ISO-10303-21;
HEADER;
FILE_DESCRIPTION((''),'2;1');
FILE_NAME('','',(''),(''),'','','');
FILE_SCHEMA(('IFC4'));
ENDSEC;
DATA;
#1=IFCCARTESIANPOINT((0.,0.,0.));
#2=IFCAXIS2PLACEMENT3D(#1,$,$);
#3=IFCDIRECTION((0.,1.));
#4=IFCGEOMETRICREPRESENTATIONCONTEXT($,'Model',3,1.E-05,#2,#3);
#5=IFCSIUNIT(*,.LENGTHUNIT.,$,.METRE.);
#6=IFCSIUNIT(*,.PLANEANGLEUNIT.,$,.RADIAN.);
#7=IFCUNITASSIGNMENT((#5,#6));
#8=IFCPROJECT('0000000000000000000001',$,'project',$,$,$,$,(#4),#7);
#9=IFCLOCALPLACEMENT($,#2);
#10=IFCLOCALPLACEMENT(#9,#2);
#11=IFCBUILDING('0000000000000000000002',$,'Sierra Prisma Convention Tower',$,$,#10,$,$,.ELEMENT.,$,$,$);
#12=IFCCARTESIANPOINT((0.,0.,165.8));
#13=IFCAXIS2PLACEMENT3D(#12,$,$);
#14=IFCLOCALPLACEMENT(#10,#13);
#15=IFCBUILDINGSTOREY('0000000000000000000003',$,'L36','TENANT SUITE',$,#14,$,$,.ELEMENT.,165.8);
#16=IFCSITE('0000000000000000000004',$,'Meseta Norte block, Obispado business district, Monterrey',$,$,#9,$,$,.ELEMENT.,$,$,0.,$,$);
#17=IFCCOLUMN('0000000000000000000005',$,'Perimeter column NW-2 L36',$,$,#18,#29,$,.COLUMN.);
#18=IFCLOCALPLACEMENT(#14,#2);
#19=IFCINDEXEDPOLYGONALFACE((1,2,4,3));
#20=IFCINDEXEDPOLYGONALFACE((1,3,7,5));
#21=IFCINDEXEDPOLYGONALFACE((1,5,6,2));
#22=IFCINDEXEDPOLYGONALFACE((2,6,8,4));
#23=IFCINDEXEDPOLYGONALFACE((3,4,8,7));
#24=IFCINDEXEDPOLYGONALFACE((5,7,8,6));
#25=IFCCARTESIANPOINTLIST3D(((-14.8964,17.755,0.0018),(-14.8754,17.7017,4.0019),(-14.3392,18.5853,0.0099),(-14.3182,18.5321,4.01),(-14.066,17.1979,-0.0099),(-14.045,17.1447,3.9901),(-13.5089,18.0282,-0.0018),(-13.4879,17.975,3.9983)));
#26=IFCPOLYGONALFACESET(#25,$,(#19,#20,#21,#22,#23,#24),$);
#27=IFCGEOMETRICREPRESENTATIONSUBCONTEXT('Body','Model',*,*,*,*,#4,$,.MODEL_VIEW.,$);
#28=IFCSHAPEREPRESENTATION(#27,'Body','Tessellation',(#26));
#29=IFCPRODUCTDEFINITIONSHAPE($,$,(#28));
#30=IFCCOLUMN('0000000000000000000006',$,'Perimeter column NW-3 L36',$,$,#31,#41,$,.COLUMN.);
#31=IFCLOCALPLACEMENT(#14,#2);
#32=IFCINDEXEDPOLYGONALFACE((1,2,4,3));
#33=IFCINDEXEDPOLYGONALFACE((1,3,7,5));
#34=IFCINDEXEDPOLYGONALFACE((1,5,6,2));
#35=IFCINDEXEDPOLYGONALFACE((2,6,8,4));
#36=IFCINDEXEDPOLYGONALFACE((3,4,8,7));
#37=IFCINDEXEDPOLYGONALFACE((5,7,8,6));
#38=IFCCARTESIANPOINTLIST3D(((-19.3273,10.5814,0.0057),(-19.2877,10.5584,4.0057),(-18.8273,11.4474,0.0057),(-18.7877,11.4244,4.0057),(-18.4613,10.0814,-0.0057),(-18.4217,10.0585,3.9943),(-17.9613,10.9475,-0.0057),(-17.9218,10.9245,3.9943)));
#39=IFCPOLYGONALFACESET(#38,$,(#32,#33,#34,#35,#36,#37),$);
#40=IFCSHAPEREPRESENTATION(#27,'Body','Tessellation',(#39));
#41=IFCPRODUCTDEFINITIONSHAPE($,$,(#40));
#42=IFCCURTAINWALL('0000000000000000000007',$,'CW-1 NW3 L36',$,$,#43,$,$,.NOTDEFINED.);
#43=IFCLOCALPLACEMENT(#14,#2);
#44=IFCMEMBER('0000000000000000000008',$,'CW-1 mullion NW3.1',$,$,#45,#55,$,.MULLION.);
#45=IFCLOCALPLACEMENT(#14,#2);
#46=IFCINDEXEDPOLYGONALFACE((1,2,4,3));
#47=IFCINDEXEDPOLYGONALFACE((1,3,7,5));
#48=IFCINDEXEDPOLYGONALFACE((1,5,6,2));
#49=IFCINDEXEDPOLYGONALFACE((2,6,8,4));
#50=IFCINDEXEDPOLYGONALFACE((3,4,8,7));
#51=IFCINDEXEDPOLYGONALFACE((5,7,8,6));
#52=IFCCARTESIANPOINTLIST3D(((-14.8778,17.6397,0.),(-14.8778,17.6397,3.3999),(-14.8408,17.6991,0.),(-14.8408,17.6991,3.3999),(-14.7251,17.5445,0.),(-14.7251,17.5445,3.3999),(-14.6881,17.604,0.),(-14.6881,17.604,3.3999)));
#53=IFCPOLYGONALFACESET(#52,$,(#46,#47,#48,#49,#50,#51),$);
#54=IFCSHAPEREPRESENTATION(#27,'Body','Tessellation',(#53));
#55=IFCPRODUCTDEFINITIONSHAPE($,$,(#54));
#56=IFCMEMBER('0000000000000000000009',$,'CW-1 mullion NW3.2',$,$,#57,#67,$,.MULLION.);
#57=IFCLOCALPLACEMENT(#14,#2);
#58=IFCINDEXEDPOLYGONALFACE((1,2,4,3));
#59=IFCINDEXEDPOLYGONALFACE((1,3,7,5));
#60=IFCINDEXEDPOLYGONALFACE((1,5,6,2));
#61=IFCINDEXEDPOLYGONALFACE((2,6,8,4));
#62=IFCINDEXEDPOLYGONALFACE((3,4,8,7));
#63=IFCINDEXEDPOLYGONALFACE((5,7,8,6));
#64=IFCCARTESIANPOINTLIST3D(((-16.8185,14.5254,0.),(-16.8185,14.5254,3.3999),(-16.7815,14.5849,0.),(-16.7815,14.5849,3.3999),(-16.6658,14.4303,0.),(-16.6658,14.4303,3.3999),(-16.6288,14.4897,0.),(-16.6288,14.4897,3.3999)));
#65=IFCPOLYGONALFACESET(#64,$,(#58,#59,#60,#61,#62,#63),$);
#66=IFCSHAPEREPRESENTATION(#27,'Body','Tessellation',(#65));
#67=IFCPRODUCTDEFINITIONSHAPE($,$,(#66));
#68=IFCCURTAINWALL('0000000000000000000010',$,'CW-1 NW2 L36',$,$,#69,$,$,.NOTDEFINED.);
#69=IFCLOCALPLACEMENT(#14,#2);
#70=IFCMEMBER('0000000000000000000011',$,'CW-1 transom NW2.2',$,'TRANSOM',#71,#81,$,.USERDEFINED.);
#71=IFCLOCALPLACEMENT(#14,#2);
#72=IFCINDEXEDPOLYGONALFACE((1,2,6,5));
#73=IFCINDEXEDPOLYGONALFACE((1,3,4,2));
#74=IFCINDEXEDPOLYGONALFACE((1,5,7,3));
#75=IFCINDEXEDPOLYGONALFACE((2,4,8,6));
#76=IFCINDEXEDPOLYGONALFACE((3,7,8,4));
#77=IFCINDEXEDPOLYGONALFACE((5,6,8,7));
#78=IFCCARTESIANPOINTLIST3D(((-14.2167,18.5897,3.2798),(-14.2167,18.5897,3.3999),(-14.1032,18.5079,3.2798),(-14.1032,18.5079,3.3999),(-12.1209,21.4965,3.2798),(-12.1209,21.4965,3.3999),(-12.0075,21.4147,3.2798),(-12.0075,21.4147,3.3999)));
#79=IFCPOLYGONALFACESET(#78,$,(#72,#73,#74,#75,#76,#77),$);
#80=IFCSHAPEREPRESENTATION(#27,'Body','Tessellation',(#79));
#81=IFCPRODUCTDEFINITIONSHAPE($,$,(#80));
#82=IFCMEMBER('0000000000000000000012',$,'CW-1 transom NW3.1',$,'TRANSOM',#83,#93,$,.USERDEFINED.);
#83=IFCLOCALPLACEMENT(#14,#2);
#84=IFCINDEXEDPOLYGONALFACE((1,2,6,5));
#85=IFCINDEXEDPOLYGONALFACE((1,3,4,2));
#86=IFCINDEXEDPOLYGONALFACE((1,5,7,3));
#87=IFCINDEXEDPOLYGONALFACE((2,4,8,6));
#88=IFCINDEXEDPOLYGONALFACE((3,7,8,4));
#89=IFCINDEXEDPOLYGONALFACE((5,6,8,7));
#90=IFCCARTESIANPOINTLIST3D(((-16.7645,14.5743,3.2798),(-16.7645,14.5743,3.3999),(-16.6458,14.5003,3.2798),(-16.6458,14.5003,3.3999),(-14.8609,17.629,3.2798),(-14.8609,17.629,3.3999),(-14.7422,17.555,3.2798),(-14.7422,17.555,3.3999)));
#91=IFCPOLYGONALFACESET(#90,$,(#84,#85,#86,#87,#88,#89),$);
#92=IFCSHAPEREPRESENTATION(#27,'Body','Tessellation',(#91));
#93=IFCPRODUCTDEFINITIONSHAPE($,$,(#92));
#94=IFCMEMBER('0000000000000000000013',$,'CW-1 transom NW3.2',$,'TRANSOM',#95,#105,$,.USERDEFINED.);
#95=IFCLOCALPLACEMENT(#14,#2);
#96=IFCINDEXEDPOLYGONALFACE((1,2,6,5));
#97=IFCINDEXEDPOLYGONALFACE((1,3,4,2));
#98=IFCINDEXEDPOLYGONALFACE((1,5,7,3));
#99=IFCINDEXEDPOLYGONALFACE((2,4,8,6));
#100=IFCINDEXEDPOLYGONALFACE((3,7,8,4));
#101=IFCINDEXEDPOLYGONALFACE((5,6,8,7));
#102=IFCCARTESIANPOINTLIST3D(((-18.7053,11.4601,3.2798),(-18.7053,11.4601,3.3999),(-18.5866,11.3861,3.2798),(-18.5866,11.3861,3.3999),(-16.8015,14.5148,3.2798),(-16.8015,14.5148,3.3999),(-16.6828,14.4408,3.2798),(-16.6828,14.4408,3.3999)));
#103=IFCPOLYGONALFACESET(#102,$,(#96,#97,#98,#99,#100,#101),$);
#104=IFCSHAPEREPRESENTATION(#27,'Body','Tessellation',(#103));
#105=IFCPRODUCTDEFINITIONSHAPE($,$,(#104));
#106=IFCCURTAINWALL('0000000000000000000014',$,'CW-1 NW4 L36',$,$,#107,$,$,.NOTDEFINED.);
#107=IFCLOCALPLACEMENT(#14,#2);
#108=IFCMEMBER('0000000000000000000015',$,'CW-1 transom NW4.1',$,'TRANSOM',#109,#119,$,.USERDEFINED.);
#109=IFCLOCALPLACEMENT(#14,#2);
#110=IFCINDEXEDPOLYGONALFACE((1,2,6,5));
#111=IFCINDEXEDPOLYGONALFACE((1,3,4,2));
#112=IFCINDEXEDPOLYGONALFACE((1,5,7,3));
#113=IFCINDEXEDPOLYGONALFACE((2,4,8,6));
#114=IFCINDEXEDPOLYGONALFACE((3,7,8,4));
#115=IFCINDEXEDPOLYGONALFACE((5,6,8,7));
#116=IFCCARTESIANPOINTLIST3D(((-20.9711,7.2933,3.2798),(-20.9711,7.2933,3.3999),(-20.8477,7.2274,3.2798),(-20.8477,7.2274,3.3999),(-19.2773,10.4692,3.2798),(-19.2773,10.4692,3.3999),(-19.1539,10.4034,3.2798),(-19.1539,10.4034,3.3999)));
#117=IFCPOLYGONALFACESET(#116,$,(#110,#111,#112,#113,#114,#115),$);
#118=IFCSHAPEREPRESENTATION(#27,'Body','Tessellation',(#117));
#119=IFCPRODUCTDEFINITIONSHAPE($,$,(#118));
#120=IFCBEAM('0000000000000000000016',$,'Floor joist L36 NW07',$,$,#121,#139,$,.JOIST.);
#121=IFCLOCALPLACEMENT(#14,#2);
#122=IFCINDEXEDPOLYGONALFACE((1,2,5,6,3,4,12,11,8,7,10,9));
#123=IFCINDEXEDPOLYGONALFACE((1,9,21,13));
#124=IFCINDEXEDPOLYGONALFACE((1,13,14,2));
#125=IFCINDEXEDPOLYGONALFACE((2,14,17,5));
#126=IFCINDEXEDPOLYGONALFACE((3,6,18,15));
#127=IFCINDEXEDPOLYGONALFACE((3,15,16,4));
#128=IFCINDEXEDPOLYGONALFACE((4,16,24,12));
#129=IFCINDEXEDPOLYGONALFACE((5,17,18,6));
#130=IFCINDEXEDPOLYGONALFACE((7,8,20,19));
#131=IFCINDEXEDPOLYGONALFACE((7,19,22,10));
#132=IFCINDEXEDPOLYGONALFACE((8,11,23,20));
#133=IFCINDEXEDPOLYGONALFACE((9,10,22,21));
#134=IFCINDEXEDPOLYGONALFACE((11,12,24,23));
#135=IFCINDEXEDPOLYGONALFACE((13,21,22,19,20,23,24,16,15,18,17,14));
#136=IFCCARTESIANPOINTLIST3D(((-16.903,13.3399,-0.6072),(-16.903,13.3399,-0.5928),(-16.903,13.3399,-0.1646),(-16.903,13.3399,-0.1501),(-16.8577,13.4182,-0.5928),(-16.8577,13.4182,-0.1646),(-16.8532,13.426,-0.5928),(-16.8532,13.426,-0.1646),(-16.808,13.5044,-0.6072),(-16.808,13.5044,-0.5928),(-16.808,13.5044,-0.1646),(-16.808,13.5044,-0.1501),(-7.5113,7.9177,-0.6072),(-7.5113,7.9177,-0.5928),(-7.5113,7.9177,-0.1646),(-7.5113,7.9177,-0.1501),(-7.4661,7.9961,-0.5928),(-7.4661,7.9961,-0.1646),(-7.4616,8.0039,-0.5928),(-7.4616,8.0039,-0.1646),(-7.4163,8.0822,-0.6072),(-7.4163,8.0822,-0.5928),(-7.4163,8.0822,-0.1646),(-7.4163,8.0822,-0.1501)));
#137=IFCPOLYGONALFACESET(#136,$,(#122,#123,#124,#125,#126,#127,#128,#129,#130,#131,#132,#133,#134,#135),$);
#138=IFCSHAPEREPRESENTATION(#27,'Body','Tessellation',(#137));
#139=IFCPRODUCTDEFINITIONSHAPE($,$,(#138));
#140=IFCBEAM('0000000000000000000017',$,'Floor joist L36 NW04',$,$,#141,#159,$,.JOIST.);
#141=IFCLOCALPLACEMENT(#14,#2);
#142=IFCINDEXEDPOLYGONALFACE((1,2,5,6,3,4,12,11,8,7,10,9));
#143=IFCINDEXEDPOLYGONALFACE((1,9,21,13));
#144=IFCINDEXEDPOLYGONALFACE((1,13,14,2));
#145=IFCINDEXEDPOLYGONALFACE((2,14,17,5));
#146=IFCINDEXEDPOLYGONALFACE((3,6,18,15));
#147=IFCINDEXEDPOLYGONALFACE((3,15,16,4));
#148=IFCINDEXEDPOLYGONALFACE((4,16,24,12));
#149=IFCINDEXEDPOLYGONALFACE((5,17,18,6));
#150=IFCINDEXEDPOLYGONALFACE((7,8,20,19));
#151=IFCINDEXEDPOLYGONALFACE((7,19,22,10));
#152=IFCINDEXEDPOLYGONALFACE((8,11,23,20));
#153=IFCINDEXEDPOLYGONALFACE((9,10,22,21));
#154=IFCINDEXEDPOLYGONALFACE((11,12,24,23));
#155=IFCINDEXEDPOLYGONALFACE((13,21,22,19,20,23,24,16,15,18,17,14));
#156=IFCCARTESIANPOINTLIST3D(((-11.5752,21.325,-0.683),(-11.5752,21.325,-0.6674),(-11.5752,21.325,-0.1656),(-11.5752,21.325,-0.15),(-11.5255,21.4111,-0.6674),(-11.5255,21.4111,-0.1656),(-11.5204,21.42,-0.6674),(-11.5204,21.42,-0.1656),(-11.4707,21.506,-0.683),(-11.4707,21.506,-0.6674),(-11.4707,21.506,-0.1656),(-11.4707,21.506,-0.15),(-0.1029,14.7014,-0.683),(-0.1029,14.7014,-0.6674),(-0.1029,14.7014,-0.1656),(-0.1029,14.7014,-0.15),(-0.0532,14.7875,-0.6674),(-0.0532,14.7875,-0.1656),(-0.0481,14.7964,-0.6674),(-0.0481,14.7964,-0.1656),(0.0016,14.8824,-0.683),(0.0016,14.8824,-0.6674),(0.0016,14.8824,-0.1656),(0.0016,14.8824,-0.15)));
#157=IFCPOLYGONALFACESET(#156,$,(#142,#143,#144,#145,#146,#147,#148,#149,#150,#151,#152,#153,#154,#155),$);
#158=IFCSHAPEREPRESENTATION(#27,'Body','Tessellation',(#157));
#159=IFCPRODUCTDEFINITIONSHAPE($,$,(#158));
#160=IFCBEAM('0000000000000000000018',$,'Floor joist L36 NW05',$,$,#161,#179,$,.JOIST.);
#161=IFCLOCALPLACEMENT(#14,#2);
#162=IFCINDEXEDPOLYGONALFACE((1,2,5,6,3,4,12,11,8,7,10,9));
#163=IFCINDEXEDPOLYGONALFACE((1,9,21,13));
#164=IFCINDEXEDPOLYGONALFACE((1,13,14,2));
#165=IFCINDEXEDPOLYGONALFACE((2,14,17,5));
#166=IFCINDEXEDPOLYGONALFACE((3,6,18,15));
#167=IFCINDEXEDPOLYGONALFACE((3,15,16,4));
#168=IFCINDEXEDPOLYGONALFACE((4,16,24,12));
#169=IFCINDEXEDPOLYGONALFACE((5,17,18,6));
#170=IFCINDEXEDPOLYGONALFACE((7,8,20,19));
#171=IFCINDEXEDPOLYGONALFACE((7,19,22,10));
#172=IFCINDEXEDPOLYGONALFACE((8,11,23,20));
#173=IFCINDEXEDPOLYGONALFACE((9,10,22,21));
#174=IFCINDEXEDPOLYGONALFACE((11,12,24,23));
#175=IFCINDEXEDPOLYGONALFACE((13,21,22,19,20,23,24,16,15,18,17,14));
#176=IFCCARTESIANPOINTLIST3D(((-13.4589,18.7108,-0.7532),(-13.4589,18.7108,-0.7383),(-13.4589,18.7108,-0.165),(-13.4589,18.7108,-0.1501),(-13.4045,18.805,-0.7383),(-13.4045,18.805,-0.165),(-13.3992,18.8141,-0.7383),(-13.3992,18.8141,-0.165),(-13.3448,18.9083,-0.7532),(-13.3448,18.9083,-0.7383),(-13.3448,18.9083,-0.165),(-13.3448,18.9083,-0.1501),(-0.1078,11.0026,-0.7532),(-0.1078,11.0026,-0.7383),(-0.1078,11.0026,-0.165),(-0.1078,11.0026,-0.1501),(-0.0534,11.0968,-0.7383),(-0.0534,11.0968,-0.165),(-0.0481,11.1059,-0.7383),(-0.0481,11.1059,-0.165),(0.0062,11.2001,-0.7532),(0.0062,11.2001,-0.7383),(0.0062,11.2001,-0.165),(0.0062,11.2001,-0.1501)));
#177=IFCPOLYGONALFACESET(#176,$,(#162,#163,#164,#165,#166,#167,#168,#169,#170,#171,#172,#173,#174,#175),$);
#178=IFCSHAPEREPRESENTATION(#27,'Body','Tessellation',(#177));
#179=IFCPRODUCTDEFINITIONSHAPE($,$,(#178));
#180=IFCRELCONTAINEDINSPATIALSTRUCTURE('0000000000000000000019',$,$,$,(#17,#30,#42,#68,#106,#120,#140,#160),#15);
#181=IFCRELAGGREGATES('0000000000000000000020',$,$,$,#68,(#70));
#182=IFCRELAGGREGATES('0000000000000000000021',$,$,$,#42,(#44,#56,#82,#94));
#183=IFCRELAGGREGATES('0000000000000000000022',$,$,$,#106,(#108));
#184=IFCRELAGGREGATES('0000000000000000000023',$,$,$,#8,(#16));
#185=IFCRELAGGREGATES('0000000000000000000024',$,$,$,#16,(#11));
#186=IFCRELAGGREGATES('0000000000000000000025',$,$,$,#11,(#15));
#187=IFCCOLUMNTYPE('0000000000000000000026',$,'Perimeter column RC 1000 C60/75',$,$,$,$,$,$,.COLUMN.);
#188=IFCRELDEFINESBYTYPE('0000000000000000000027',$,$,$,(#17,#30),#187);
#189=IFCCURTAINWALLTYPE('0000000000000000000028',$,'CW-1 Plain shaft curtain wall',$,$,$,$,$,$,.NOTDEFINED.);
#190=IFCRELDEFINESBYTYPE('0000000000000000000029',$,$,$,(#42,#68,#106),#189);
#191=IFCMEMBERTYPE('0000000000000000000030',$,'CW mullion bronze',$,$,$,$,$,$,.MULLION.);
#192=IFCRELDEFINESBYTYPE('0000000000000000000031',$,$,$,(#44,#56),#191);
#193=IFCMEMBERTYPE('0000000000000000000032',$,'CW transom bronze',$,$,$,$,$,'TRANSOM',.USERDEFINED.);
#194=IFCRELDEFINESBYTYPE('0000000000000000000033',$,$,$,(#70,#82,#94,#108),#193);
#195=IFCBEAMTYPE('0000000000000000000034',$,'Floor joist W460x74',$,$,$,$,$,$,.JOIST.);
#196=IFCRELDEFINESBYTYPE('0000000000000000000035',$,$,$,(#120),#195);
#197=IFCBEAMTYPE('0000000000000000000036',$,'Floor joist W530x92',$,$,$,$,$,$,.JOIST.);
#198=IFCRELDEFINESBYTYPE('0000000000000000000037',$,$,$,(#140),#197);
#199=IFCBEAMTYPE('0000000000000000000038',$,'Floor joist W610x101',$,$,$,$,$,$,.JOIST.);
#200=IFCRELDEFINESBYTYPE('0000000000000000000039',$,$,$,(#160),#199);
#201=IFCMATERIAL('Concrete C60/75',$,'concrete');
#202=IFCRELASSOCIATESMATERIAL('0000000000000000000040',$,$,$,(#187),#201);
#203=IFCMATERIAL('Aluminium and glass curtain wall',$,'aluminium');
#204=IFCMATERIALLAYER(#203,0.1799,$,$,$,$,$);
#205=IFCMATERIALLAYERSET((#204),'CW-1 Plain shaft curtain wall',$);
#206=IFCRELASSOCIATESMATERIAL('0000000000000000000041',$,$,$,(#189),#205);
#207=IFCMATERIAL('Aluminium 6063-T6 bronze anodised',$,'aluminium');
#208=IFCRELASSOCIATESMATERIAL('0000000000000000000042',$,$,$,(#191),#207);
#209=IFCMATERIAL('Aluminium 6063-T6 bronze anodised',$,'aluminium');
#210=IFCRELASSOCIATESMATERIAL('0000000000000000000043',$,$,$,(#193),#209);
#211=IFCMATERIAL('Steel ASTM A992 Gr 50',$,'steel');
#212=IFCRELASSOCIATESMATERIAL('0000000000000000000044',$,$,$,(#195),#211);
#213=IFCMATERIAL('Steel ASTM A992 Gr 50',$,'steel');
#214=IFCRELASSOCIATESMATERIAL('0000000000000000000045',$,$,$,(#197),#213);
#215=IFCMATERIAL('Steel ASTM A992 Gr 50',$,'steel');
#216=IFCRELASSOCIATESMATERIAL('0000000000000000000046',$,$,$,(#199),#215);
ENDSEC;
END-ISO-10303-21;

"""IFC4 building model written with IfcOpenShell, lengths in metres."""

from ifc_helpers import new_model, si_unit, direction, frame, origin, origin_2d, place, context, subcontext, project, spatial, rectangle, i_section, extrude, material, layer, layer_set, material_profile, profile_set, type_object, element, aggregate, save


model = new_model("IFC4")

# Units and contexts
model_context = context("Model", 3, precision=1e-05, world=origin(), true_north=direction((0.0, 1.0)))
body_context = subcontext(model_context, "Body", "Model", "MODEL_VIEW")
ifc_project = project(units=[si_unit("LENGTHUNIT", "METRE"), si_unit("PLANEANGLEUNIT", "RADIAN")], contexts=[model_context])

# Site, building, storey
site_placement = place(None, origin())
site = spatial("IfcSite", under=ifc_project, at=site_placement, Name="Meseta Norte block, Obispado business district, Monterrey", CompositionType="ELEMENT", RefElevation=0.0)
building_placement = place(site_placement, origin())
building = spatial("IfcBuilding", under=site, at=building_placement, Name="Sierra Prisma Convention Tower", CompositionType="ELEMENT")
storey_placement = place(building_placement, frame((0.0, 0.0, 165.8)))
storey = spatial("IfcBuildingStorey", under=building, at=storey_placement, Name="L36", Description="TENANT SUITE", CompositionType="ELEMENT", Elevation=165.8)

# Columns
ifc_material_1 = material(Name="Concrete C60/75", Category="concrete")
ifc_material_profile_1 = material_profile(ifc_material_1, rectangle(XDim=1.0, YDim=1.0, at=origin_2d()), Name="Perimeter column RC 1000 C60/75")
ifc_profile_set_1 = profile_set([ifc_material_profile_1], Name="Concrete C60/75")
column_type = type_object("IfcColumnType", Name="Perimeter column RC 1000 C60/75", PredefinedType="COLUMN", material=ifc_profile_set_1)
column_1_placement = place(storey_placement, frame((-14.2026, 17.8916, 0.0), z_axis=(0.005248, -0.013304, 0.999898), x_axis=(0.557174, 0.830356, 0.008124)))
element("IfcColumn", 1, at=column_1_placement, inside=storey, type_object=column_type, Name="Perimeter column NW-2 L36", PredefinedType="COLUMN", context=body_context, shape_type="SweptSolid", body=[
    extrude(rectangle(XDim=1.0, YDim=1.0, at=origin_2d()), origin(), (0.0, 0.0, 1.0), 4.0005),
])
column_2_placement = place(storey_placement, frame((-18.6443, 10.7644, 0.0), z_axis=(0.009887, -0.005737, 0.999935), x_axis=(0.499976, 0.86604, 0.000025)))
element("IfcColumn", 2, at=column_2_placement, inside=storey, type_object=column_type, Name="Perimeter column NW-3 L36", PredefinedType="COLUMN", context=body_context, shape_type="SweptSolid", body=[
    extrude(rectangle(XDim=1.0, YDim=1.0, at=origin_2d()), origin(), (0.0, 0.0, 1.0), 4.0002),
])

# Curtain wall, members
ifc_material_2 = material(Name="Aluminium and glass curtain wall", Category="aluminium")
ifc_layer_1 = layer(ifc_material_2, 0.1799)
ifc_layer_set_1 = layer_set([ifc_layer_1], Name="CW-1 Plain shaft curtain wall")
curtain_wall_type = type_object("IfcCurtainWallType", Name="CW-1 Plain shaft curtain wall", PredefinedType="NOTDEFINED", material=ifc_layer_set_1)
curtain_wall_1_placement = place(storey_placement, origin())
curtain_wall_1 = element("IfcCurtainWall", 3, at=curtain_wall_1_placement, inside=storey, type_object=curtain_wall_type, Name="CW-1 NW3 L36", PredefinedType="NOTDEFINED")
ifc_material_3 = material(Name="Aluminium 6063-T6 bronze anodised", Category="aluminium")
ifc_material_profile_2 = material_profile(ifc_material_3, rectangle(XDim=0.1799, YDim=0.0701, at=origin_2d()), Name="ALU MULLION 70x180")
ifc_profile_set_2 = profile_set([ifc_material_profile_2], Name="Aluminium 6063-T6 bronze anodised")
member_type_1 = type_object("IfcMemberType", Name="CW mullion bronze", PredefinedType="MULLION", material=ifc_profile_set_2)
member_1_placement = place(storey_placement, frame((-14.783, 17.6218, 0.0), z_axis=(0.0, 0.0, 1.0), x_axis=(0.84869, -0.528891, 0.0)))
member_1 = element("IfcMember", 4, at=member_1_placement, type_object=member_type_1, Name="CW-1 mullion NW3.1", PredefinedType="MULLION", context=body_context, shape_type="SweptSolid", body=[
    extrude(rectangle(XDim=0.1799, YDim=0.0701, at=origin_2d()), origin(), (0.0, 0.0, 1.0), 3.3999),
])
member_2_placement = place(storey_placement, frame((-16.7236, 14.5076, 0.0), z_axis=(0.0, 0.0, 1.0), x_axis=(0.84869, -0.528891, 0.0)))
member_2 = element("IfcMember", 5, at=member_2_placement, type_object=member_type_1, Name="CW-1 mullion NW3.2", PredefinedType="MULLION", context=body_context, shape_type="SweptSolid", body=[
    extrude(rectangle(XDim=0.1799, YDim=0.0701, at=origin_2d()), origin(), (0.0, 0.0, 1.0), 3.3999),
])

# Curtain wall, member
curtain_wall_2_placement = place(storey_placement, origin())
curtain_wall_2 = element("IfcCurtainWall", 6, at=curtain_wall_2_placement, inside=storey, type_object=curtain_wall_type, Name="CW-1 NW2 L36", PredefinedType="NOTDEFINED")
ifc_material_4 = material(Name="Aluminium 6063-T6 bronze anodised", Category="aluminium")
ifc_material_profile_3 = material_profile(ifc_material_4, rectangle(XDim=0.1399, YDim=0.1201, at=origin_2d()), Name="ALU TRANSOM 120x140")
ifc_profile_set_3 = profile_set([ifc_material_profile_3], Name="Aluminium 6063-T6 bronze anodised")
member_type_2 = type_object("IfcMemberType", Name="CW transom bronze", ElementType="TRANSOM", PredefinedType="USERDEFINED", material=ifc_profile_set_3)
member_3_placement = place(storey_placement, frame((-12.0642, 21.4556, 3.3398), z_axis=(-0.584829, -0.811157, 0.0), x_axis=(0.811157, -0.584829, 0.0)))
member_3 = element("IfcMember", 7, at=member_3_placement, type_object=member_type_2, Name="CW-1 transom NW2.2", ObjectType="TRANSOM", PredefinedType="USERDEFINED", context=body_context, shape_type="SweptSolid", body=[
    extrude(rectangle(XDim=0.1399, YDim=0.1201, at=origin_2d()), origin(), (0.0, 0.0, 1.0), 3.5835),
])

# Members
member_4_placement = place(storey_placement, frame((-14.8015, 17.592, 3.3398), z_axis=(-0.528877, -0.848699, 0.0), x_axis=(0.848699, -0.528877, 0.0)))
member_4 = element("IfcMember", 8, at=member_4_placement, type_object=member_type_2, Name="CW-1 transom NW3.1", ObjectType="TRANSOM", PredefinedType="USERDEFINED", context=body_context, shape_type="SweptSolid", body=[
    extrude(rectangle(XDim=0.1399, YDim=0.1201, at=origin_2d()), origin(), (0.0, 0.0, 1.0), 3.5994),
])
member_5_placement = place(storey_placement, frame((-16.7422, 14.4778, 3.3398), z_axis=(-0.528925, -0.848668, 0.0), x_axis=(0.848668, -0.528925, 0.0)))
member_5 = element("IfcMember", 9, at=member_5_placement, type_object=member_type_2, Name="CW-1 transom NW3.2", ObjectType="TRANSOM", PredefinedType="USERDEFINED", context=body_context, shape_type="SweptSolid", body=[
    extrude(rectangle(XDim=0.1399, YDim=0.1201, at=origin_2d()), origin(), (0.0, 0.0, 1.0), 3.5994),
])

# Curtain wall, member
curtain_wall_3_placement = place(storey_placement, origin())
curtain_wall_3 = element("IfcCurtainWall", 10, at=curtain_wall_3_placement, inside=storey, type_object=curtain_wall_type, Name="CW-1 NW4 L36", PredefinedType="NOTDEFINED")
member_6_placement = place(storey_placement, frame((-19.2156, 10.4363, 3.3398), z_axis=(-0.470581, -0.882357, 0.0), x_axis=(0.882357, -0.470581, 0.0)))
member_6 = element("IfcMember", 11, at=member_6_placement, type_object=member_type_2, Name="CW-1 transom NW4.1", ObjectType="TRANSOM", PredefinedType="USERDEFINED", context=body_context, shape_type="SweptSolid", body=[
    extrude(rectangle(XDim=0.1399, YDim=0.1201, at=origin_2d()), origin(), (0.0, 0.0, 1.0), 3.5994),
])

# Beams
ifc_material_5 = material(Name="Steel ASTM A992 Gr 50", Category="steel")
ifc_material_profile_4 = material_profile(ifc_material_5, i_section(OverallWidth=0.1899, OverallDepth=0.457, WebThickness=0.009, FlangeThickness=0.0144, at=origin_2d()), Name="W460x74")
ifc_profile_set_4 = profile_set([ifc_material_profile_4], Name="Steel ASTM A992 Gr 50")
beam_type_1 = type_object("IfcBeamType", Name="Floor joist W460x74", PredefinedType="JOIST", material=ifc_profile_set_4)
beam_1_placement = place(storey_placement, frame((-16.8555, 13.4221, -0.3787), z_axis=(0.86603, -0.499991, 0.0), x_axis=(0.499991, 0.86603, 0.0)))
element("IfcBeam", 12, at=beam_1_placement, inside=storey, type_object=beam_type_1, Name="Floor joist L36 NW07", PredefinedType="JOIST", context=body_context, shape_type="SweptSolid", body=[
    extrude(i_section(OverallWidth=0.1899, OverallDepth=0.457, WebThickness=0.009, FlangeThickness=0.0144, at=origin_2d()), origin(), (0.0, 0.0, 1.0), 10.8445),
])
ifc_material_6 = material(Name="Steel ASTM A992 Gr 50", Category="steel")
ifc_material_profile_5 = material_profile(ifc_material_6, i_section(OverallWidth=0.209, OverallDepth=0.533, WebThickness=0.0103, FlangeThickness=0.0156, at=origin_2d()), Name="W530x92")
ifc_profile_set_5 = profile_set([ifc_material_profile_5], Name="Steel ASTM A992 Gr 50")
beam_type_2 = type_object("IfcBeamType", Name="Floor joist W530x92", PredefinedType="JOIST", material=ifc_profile_set_5)
beam_2_placement = place(storey_placement, frame((-11.5229, 21.4155, -0.4165), z_axis=(0.866023, -0.500004, 0.0), x_axis=(0.500004, 0.866023, 0.0)))
element("IfcBeam", 13, at=beam_2_placement, inside=storey, type_object=beam_type_2, Name="Floor joist L36 NW04", PredefinedType="JOIST", context=body_context, shape_type="SweptSolid", body=[
    extrude(i_section(OverallWidth=0.209, OverallDepth=0.533, WebThickness=0.0103, FlangeThickness=0.0156, at=origin_2d()), origin(), (0.0, 0.0, 1.0), 13.2471),
])
ifc_material_7 = material(Name="Steel ASTM A992 Gr 50", Category="steel")
ifc_material_profile_6 = material_profile(ifc_material_7, i_section(OverallWidth=0.228, OverallDepth=0.603, WebThickness=0.0105, FlangeThickness=0.0149, at=origin_2d()), Name="W610x101")
ifc_profile_set_6 = profile_set([ifc_material_profile_6], Name="Steel ASTM A992 Gr 50")
beam_type_3 = type_object("IfcBeamType", Name="Floor joist W610x101", PredefinedType="JOIST", material=ifc_profile_set_6)
beam_3_placement = place(storey_placement, frame((-13.4019, 18.8096, -0.4517), z_axis=(0.866025, -0.5, 0.0), x_axis=(0.5, 0.866025, 0.0)))
element("IfcBeam", 14, at=beam_3_placement, inside=storey, type_object=beam_type_3, Name="Floor joist L36 NW05", PredefinedType="JOIST", context=body_context, shape_type="SweptSolid", body=[
    extrude(i_section(OverallWidth=0.228, OverallDepth=0.603, WebThickness=0.0105, FlangeThickness=0.0149, at=origin_2d()), origin(), (0.0, 0.0, 1.0), 15.4165),
])

aggregate(curtain_wall_2, [member_3])
aggregate(curtain_wall_1, [member_1, member_2, member_4, member_5])
aggregate(curtain_wall_3, [member_6])

save(model, "model.ifc")
